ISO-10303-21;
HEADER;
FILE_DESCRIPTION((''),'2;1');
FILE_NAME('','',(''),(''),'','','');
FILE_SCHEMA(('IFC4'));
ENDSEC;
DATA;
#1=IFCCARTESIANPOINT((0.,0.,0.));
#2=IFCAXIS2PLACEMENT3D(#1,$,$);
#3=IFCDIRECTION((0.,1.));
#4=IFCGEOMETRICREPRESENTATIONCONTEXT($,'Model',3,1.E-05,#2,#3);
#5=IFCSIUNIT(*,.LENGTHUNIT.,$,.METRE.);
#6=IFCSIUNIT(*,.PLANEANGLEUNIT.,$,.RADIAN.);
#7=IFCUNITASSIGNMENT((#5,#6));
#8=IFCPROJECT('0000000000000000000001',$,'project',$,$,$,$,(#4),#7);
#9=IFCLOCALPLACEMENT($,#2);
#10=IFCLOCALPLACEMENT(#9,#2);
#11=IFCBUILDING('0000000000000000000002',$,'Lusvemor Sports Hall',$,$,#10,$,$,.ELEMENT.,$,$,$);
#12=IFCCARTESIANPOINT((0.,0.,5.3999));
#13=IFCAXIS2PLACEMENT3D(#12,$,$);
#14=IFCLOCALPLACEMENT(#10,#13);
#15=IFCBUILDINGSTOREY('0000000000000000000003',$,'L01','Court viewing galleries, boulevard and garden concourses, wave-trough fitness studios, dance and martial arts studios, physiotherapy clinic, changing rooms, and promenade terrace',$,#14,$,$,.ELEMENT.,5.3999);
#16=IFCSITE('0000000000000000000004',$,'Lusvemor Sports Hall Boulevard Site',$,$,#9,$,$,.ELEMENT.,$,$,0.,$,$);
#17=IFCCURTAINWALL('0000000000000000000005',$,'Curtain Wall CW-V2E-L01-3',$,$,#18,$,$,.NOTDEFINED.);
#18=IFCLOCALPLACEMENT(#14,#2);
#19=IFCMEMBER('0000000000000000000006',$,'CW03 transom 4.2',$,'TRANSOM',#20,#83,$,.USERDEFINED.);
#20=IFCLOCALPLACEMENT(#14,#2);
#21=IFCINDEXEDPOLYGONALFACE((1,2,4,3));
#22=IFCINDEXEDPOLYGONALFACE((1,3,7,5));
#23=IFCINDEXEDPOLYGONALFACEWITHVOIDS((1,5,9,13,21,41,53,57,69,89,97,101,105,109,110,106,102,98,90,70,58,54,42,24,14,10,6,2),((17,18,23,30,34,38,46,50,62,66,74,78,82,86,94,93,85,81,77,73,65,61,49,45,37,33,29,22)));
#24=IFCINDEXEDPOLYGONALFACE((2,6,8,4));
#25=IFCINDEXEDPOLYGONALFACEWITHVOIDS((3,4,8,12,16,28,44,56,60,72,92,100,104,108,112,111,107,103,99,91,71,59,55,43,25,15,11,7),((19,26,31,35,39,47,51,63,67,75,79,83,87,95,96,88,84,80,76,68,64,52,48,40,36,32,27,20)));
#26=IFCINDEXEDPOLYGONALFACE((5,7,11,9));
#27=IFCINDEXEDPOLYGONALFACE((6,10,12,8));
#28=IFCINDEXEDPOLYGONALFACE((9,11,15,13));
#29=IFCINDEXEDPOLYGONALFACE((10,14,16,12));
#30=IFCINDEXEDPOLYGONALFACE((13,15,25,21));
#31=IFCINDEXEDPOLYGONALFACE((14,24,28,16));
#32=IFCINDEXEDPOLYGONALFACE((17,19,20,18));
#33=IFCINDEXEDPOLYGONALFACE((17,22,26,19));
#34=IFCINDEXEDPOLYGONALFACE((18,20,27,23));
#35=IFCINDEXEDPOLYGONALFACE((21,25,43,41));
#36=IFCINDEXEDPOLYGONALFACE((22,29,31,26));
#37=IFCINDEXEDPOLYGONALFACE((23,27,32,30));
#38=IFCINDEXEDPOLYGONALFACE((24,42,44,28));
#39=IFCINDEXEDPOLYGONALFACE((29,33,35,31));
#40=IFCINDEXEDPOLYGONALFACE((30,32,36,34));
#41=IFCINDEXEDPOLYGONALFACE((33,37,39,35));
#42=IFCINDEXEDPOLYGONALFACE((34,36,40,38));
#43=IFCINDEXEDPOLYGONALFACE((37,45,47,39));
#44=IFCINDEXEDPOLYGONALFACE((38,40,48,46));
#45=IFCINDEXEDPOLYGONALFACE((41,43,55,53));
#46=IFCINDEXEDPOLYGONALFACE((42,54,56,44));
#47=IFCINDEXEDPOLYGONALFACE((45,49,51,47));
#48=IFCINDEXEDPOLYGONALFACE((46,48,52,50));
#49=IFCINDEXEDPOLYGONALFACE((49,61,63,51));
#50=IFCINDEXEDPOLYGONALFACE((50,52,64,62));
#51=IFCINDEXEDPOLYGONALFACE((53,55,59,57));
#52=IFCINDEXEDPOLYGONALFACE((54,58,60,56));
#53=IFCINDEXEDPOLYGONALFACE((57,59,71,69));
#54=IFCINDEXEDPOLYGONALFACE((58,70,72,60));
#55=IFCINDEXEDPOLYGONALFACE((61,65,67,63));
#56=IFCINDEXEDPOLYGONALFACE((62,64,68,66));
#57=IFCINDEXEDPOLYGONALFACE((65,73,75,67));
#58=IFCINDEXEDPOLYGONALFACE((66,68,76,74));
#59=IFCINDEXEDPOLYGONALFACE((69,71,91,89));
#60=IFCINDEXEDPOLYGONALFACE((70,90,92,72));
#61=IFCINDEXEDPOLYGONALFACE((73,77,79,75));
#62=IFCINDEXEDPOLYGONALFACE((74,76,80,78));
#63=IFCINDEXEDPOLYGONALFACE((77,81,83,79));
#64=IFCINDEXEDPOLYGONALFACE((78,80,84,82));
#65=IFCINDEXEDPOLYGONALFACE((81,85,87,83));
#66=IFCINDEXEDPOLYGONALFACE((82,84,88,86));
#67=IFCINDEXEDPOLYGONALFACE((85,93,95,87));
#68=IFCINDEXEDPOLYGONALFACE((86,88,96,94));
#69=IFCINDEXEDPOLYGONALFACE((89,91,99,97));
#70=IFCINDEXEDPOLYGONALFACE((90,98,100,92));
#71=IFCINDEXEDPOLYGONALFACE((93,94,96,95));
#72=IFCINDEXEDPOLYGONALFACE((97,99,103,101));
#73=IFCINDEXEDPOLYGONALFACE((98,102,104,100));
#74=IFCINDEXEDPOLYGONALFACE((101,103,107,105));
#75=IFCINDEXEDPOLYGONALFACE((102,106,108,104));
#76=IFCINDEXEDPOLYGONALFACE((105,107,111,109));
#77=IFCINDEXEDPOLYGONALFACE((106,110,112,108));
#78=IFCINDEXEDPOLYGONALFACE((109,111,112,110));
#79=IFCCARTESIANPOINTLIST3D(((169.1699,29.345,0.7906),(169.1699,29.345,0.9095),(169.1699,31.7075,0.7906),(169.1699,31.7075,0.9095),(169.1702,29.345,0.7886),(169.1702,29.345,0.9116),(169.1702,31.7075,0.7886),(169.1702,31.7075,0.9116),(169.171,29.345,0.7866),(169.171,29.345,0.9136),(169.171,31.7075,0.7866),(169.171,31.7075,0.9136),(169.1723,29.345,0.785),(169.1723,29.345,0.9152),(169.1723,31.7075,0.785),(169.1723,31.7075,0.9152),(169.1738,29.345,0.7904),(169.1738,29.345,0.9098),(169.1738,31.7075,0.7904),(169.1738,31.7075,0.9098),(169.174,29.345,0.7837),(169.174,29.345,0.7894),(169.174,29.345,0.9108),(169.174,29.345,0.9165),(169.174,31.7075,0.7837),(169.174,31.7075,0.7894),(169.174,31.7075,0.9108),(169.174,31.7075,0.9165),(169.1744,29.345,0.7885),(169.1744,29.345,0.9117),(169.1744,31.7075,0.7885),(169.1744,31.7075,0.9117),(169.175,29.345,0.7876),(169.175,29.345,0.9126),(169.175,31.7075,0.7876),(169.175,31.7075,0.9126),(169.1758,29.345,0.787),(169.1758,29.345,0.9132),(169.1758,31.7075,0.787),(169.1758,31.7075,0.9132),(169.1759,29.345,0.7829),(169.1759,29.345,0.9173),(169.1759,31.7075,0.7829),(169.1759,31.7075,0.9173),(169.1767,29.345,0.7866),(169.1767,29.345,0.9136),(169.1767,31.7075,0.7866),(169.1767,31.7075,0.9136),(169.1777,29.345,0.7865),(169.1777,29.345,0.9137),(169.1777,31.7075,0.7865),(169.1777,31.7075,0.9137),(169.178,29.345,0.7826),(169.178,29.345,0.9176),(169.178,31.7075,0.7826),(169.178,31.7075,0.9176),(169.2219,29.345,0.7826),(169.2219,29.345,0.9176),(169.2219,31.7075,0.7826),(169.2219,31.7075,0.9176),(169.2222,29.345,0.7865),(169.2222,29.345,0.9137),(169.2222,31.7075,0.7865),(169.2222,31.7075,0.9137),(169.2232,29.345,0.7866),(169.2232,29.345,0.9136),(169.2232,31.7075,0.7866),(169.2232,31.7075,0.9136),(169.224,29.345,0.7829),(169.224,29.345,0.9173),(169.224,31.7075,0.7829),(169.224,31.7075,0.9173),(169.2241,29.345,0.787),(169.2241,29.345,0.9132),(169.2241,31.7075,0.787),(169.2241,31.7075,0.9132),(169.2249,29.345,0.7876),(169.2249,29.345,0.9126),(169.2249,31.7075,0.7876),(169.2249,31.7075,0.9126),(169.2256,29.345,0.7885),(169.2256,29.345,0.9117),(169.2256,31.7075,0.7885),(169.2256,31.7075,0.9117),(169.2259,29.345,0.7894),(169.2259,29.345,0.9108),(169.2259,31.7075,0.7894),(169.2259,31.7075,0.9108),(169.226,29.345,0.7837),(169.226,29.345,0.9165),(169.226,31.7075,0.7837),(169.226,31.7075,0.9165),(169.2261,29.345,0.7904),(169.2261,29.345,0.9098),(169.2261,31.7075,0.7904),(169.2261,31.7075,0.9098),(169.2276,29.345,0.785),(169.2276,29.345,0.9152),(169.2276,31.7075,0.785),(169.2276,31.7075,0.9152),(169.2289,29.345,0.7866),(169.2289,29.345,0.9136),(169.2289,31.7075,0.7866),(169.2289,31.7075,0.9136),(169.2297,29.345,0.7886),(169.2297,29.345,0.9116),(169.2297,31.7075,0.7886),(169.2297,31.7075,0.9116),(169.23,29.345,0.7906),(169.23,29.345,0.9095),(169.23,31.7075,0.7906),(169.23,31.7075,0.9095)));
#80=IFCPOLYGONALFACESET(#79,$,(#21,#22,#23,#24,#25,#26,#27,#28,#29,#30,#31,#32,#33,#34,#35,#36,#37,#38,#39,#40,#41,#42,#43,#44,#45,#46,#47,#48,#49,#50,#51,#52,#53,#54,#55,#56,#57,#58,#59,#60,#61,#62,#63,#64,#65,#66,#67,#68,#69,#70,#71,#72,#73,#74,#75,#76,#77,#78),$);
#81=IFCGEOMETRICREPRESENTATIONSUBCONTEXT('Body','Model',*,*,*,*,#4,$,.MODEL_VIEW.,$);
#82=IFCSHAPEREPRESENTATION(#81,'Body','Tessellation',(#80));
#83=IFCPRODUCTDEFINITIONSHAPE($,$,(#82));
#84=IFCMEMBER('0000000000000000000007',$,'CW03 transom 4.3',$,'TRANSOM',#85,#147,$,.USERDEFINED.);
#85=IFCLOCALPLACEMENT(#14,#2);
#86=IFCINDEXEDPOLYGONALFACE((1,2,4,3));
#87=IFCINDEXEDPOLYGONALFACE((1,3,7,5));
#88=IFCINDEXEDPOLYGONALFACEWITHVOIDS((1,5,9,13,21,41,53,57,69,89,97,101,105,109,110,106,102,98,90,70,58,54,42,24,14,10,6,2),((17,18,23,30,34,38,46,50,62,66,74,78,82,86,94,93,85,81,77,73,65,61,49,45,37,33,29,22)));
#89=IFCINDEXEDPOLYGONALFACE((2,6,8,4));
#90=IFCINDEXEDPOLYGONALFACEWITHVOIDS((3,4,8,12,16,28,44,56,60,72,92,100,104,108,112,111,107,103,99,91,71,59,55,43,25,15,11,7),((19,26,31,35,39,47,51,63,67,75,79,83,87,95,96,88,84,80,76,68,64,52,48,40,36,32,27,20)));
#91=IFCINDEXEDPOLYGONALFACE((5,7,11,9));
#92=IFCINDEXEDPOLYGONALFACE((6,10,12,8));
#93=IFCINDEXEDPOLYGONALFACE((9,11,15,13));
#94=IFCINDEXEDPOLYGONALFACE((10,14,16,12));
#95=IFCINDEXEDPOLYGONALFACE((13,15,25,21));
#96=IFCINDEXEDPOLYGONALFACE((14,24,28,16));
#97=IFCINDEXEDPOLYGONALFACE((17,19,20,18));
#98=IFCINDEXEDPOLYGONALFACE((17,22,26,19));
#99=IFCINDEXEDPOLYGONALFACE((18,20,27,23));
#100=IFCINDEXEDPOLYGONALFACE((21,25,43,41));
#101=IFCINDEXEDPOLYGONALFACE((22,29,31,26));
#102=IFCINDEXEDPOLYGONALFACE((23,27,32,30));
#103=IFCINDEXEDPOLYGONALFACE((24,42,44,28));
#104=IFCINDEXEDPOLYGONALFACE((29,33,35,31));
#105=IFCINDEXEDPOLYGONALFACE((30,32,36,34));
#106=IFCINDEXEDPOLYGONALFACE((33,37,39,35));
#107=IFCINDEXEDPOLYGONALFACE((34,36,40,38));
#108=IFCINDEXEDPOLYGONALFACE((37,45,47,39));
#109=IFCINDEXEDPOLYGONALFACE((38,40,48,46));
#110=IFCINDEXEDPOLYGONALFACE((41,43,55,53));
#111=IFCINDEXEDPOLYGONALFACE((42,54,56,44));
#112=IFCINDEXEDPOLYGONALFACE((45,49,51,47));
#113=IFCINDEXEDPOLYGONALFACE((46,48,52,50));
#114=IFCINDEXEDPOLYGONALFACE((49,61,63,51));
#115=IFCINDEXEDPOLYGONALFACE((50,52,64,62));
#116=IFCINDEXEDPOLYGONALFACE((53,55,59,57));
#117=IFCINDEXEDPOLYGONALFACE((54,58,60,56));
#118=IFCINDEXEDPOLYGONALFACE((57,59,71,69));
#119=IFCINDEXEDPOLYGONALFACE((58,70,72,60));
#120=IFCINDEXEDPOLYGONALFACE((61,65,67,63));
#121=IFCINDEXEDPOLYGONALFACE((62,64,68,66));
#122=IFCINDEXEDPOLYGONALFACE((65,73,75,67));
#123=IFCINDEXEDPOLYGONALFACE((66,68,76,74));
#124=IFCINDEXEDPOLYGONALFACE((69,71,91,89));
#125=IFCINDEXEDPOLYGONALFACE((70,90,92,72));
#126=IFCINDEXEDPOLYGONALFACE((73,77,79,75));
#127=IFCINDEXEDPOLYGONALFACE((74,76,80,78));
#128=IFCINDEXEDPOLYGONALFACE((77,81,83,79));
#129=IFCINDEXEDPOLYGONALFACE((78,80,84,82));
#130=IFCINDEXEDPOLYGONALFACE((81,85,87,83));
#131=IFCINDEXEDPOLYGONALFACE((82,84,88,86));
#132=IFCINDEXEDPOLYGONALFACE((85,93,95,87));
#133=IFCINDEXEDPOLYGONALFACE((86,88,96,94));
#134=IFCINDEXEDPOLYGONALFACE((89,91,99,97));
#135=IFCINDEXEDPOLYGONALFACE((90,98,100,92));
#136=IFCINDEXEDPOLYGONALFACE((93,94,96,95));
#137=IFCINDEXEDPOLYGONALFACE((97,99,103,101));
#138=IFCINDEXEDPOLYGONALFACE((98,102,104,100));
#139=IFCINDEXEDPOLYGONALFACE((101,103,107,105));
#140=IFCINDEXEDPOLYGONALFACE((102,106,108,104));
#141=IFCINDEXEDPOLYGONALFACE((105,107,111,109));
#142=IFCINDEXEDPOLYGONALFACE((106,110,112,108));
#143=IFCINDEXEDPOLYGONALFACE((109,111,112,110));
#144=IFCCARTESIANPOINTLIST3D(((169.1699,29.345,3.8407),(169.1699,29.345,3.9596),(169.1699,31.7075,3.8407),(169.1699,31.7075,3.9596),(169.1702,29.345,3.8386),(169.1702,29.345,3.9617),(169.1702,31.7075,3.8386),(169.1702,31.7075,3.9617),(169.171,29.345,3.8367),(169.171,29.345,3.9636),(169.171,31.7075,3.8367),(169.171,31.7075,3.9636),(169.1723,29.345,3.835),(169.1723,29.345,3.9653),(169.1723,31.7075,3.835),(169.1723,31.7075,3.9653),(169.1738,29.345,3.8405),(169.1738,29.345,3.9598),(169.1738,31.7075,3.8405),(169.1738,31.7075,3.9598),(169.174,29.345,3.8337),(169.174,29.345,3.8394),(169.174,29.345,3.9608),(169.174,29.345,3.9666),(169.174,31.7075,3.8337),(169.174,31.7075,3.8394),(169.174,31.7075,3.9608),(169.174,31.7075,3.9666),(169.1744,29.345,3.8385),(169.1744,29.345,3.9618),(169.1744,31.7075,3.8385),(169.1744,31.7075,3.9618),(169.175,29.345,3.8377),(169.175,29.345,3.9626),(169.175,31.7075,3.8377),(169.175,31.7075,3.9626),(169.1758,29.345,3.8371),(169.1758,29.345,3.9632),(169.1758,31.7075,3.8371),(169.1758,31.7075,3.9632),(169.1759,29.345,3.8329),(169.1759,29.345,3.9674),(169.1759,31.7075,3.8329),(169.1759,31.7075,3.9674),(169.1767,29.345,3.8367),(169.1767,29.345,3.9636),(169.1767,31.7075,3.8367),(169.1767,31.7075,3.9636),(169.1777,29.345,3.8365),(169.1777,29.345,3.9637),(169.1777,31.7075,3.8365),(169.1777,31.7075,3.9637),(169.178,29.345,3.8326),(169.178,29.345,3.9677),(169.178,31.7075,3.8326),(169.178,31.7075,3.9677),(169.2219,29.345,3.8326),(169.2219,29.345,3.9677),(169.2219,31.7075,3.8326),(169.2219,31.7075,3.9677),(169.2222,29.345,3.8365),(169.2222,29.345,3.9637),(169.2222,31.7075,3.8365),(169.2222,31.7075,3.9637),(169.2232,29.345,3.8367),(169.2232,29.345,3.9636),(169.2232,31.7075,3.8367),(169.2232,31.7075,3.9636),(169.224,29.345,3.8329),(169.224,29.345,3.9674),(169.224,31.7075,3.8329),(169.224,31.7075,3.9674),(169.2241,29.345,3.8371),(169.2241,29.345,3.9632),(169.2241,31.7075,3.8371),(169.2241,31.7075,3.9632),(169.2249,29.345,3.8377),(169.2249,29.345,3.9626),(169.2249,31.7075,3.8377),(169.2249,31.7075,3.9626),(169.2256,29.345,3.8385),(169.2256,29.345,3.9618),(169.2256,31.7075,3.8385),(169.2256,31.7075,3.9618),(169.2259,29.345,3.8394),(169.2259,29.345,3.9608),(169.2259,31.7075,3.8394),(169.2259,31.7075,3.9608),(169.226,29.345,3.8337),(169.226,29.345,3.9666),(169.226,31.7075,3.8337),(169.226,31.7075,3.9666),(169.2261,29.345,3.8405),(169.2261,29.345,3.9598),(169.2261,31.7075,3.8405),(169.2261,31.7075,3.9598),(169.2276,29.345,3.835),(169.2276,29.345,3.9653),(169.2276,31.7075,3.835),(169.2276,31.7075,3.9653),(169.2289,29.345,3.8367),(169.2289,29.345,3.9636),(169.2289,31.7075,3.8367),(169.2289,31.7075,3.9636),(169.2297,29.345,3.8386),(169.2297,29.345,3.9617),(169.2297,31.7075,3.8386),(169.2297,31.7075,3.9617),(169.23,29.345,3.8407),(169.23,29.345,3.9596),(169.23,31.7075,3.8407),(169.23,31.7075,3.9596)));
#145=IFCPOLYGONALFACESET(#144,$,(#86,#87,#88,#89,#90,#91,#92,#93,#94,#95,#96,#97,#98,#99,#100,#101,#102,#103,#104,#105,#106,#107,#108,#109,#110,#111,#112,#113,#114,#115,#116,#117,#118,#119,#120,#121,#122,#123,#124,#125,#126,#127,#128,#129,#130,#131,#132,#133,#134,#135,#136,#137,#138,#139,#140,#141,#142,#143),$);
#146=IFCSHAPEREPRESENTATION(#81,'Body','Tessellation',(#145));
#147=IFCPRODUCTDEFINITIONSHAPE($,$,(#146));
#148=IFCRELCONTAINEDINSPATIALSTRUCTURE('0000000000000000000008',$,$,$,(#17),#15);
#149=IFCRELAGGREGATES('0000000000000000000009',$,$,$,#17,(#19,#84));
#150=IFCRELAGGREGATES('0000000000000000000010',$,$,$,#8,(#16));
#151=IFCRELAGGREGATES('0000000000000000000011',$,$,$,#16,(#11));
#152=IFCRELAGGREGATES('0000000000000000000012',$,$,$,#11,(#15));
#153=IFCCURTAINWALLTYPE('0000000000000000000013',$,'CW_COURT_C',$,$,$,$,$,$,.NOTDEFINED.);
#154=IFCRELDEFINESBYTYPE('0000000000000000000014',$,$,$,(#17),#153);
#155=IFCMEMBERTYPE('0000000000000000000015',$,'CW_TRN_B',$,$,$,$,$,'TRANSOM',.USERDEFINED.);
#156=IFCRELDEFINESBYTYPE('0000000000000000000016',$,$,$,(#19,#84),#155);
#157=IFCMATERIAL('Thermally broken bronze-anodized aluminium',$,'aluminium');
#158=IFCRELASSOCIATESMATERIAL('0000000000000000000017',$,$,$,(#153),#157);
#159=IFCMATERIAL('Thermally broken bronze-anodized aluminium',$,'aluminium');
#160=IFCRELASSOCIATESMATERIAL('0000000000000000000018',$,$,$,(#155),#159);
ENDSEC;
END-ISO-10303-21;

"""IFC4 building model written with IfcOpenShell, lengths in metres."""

from ifc_helpers import new_model, si_unit, direction, frame, origin, origin_2d, place, context, subcontext, project, spatial, hollow_rectangle, extrude, material, material_profile, profile_set, type_object, element, aggregate, save


model = new_model("IFC4")

# Units and contexts
model_context = context("Model", 3, precision=1e-05, world=origin(), true_north=direction((0.0, 1.0)))
body_context = subcontext(model_context, "Body", "Model", "MODEL_VIEW")
ifc_project = project(units=[si_unit("LENGTHUNIT", "METRE"), si_unit("PLANEANGLEUNIT", "RADIAN")], contexts=[model_context])

# Site, building, storey
site_placement = place(None, origin())
site = spatial("IfcSite", under=ifc_project, at=site_placement, Name="Lusvemor Sports Hall Boulevard Site", CompositionType="ELEMENT", RefElevation=0.0)
building_placement = place(site_placement, origin())
building = spatial("IfcBuilding", under=site, at=building_placement, Name="Lusvemor Sports Hall", CompositionType="ELEMENT")
storey_placement = place(building_placement, frame((0.0, 0.0, 5.3999)))
storey = spatial("IfcBuildingStorey", under=building, at=storey_placement, Name="L01", Description="Court viewing galleries, boulevard and garden concourses, wave-trough fitness studios, dance and martial arts studios, physiotherapy clinic, changing rooms, and promenade terrace", CompositionType="ELEMENT", Elevation=5.3999)

# Shared definitions
ifc_material_1 = material(Name="Thermally broken bronze-anodized aluminium", Category="aluminium")
curtain_wall_type = type_object("IfcCurtainWallType", Name="CW_COURT_C", PredefinedType="NOTDEFINED", material=ifc_material_1)

# Curtain wall, members
curtain_wall_1_placement = place(storey_placement, origin())
curtain_wall_1 = element("IfcCurtainWall", 1, at=curtain_wall_1_placement, inside=storey, type_object=curtain_wall_type, Name="Curtain Wall CW-V2E-L01-3", PredefinedType="NOTDEFINED")
ifc_material_2 = material(Name="Thermally broken bronze-anodized aluminium", Category="aluminium")
ifc_material_profile_1 = material_profile(ifc_material_2, hollow_rectangle(XDim=0.0601, YDim=0.135, WallThickness=0.0039, InnerFilletRadius=0.0039, OuterFilletRadius=0.0081, at=origin_2d()), Name="CWTRN135x60x4")
ifc_profile_set_1 = profile_set([ifc_material_profile_1], Name="Thermally broken bronze-anodized aluminium")
member_type_1 = type_object("IfcMemberType", Name="CW_TRN_B", ElementType="TRANSOM", PredefinedType="USERDEFINED", material=ifc_profile_set_1)
member_1_placement = place(storey_placement, frame((169.2, 31.7075, 0.8501), z_axis=(0.0, -1.0, 0.0), x_axis=(1.0, 0.0, 0.0)))
member_1 = element("IfcMember", 2, at=member_1_placement, type_object=member_type_1, Name="CW03 transom 4.2", ObjectType="TRANSOM", PredefinedType="USERDEFINED", context=body_context, shape_type="SweptSolid", body=[
    extrude(hollow_rectangle(XDim=0.0601, YDim=0.135, WallThickness=0.0039, InnerFilletRadius=0.0039, OuterFilletRadius=0.0081, at=origin_2d()), origin(), (0.0, 0.0, 1.0), 2.3625),
])
member_2_placement = place(storey_placement, frame((169.2, 31.7075, 3.9001), z_axis=(0.0, -1.0, 0.0), x_axis=(1.0, 0.0, 0.0)))
member_2 = element("IfcMember", 3, at=member_2_placement, type_object=member_type_1, Name="CW03 transom 4.3", ObjectType="TRANSOM", PredefinedType="USERDEFINED", context=body_context, shape_type="SweptSolid", body=[
    extrude(hollow_rectangle(XDim=0.0601, YDim=0.135, WallThickness=0.0039, InnerFilletRadius=0.0039, OuterFilletRadius=0.0081, at=origin_2d()), origin(), (0.0, 0.0, 1.0), 2.3625),
])

aggregate(curtain_wall_1, [member_1, member_2])

save(model, "model.ifc")
